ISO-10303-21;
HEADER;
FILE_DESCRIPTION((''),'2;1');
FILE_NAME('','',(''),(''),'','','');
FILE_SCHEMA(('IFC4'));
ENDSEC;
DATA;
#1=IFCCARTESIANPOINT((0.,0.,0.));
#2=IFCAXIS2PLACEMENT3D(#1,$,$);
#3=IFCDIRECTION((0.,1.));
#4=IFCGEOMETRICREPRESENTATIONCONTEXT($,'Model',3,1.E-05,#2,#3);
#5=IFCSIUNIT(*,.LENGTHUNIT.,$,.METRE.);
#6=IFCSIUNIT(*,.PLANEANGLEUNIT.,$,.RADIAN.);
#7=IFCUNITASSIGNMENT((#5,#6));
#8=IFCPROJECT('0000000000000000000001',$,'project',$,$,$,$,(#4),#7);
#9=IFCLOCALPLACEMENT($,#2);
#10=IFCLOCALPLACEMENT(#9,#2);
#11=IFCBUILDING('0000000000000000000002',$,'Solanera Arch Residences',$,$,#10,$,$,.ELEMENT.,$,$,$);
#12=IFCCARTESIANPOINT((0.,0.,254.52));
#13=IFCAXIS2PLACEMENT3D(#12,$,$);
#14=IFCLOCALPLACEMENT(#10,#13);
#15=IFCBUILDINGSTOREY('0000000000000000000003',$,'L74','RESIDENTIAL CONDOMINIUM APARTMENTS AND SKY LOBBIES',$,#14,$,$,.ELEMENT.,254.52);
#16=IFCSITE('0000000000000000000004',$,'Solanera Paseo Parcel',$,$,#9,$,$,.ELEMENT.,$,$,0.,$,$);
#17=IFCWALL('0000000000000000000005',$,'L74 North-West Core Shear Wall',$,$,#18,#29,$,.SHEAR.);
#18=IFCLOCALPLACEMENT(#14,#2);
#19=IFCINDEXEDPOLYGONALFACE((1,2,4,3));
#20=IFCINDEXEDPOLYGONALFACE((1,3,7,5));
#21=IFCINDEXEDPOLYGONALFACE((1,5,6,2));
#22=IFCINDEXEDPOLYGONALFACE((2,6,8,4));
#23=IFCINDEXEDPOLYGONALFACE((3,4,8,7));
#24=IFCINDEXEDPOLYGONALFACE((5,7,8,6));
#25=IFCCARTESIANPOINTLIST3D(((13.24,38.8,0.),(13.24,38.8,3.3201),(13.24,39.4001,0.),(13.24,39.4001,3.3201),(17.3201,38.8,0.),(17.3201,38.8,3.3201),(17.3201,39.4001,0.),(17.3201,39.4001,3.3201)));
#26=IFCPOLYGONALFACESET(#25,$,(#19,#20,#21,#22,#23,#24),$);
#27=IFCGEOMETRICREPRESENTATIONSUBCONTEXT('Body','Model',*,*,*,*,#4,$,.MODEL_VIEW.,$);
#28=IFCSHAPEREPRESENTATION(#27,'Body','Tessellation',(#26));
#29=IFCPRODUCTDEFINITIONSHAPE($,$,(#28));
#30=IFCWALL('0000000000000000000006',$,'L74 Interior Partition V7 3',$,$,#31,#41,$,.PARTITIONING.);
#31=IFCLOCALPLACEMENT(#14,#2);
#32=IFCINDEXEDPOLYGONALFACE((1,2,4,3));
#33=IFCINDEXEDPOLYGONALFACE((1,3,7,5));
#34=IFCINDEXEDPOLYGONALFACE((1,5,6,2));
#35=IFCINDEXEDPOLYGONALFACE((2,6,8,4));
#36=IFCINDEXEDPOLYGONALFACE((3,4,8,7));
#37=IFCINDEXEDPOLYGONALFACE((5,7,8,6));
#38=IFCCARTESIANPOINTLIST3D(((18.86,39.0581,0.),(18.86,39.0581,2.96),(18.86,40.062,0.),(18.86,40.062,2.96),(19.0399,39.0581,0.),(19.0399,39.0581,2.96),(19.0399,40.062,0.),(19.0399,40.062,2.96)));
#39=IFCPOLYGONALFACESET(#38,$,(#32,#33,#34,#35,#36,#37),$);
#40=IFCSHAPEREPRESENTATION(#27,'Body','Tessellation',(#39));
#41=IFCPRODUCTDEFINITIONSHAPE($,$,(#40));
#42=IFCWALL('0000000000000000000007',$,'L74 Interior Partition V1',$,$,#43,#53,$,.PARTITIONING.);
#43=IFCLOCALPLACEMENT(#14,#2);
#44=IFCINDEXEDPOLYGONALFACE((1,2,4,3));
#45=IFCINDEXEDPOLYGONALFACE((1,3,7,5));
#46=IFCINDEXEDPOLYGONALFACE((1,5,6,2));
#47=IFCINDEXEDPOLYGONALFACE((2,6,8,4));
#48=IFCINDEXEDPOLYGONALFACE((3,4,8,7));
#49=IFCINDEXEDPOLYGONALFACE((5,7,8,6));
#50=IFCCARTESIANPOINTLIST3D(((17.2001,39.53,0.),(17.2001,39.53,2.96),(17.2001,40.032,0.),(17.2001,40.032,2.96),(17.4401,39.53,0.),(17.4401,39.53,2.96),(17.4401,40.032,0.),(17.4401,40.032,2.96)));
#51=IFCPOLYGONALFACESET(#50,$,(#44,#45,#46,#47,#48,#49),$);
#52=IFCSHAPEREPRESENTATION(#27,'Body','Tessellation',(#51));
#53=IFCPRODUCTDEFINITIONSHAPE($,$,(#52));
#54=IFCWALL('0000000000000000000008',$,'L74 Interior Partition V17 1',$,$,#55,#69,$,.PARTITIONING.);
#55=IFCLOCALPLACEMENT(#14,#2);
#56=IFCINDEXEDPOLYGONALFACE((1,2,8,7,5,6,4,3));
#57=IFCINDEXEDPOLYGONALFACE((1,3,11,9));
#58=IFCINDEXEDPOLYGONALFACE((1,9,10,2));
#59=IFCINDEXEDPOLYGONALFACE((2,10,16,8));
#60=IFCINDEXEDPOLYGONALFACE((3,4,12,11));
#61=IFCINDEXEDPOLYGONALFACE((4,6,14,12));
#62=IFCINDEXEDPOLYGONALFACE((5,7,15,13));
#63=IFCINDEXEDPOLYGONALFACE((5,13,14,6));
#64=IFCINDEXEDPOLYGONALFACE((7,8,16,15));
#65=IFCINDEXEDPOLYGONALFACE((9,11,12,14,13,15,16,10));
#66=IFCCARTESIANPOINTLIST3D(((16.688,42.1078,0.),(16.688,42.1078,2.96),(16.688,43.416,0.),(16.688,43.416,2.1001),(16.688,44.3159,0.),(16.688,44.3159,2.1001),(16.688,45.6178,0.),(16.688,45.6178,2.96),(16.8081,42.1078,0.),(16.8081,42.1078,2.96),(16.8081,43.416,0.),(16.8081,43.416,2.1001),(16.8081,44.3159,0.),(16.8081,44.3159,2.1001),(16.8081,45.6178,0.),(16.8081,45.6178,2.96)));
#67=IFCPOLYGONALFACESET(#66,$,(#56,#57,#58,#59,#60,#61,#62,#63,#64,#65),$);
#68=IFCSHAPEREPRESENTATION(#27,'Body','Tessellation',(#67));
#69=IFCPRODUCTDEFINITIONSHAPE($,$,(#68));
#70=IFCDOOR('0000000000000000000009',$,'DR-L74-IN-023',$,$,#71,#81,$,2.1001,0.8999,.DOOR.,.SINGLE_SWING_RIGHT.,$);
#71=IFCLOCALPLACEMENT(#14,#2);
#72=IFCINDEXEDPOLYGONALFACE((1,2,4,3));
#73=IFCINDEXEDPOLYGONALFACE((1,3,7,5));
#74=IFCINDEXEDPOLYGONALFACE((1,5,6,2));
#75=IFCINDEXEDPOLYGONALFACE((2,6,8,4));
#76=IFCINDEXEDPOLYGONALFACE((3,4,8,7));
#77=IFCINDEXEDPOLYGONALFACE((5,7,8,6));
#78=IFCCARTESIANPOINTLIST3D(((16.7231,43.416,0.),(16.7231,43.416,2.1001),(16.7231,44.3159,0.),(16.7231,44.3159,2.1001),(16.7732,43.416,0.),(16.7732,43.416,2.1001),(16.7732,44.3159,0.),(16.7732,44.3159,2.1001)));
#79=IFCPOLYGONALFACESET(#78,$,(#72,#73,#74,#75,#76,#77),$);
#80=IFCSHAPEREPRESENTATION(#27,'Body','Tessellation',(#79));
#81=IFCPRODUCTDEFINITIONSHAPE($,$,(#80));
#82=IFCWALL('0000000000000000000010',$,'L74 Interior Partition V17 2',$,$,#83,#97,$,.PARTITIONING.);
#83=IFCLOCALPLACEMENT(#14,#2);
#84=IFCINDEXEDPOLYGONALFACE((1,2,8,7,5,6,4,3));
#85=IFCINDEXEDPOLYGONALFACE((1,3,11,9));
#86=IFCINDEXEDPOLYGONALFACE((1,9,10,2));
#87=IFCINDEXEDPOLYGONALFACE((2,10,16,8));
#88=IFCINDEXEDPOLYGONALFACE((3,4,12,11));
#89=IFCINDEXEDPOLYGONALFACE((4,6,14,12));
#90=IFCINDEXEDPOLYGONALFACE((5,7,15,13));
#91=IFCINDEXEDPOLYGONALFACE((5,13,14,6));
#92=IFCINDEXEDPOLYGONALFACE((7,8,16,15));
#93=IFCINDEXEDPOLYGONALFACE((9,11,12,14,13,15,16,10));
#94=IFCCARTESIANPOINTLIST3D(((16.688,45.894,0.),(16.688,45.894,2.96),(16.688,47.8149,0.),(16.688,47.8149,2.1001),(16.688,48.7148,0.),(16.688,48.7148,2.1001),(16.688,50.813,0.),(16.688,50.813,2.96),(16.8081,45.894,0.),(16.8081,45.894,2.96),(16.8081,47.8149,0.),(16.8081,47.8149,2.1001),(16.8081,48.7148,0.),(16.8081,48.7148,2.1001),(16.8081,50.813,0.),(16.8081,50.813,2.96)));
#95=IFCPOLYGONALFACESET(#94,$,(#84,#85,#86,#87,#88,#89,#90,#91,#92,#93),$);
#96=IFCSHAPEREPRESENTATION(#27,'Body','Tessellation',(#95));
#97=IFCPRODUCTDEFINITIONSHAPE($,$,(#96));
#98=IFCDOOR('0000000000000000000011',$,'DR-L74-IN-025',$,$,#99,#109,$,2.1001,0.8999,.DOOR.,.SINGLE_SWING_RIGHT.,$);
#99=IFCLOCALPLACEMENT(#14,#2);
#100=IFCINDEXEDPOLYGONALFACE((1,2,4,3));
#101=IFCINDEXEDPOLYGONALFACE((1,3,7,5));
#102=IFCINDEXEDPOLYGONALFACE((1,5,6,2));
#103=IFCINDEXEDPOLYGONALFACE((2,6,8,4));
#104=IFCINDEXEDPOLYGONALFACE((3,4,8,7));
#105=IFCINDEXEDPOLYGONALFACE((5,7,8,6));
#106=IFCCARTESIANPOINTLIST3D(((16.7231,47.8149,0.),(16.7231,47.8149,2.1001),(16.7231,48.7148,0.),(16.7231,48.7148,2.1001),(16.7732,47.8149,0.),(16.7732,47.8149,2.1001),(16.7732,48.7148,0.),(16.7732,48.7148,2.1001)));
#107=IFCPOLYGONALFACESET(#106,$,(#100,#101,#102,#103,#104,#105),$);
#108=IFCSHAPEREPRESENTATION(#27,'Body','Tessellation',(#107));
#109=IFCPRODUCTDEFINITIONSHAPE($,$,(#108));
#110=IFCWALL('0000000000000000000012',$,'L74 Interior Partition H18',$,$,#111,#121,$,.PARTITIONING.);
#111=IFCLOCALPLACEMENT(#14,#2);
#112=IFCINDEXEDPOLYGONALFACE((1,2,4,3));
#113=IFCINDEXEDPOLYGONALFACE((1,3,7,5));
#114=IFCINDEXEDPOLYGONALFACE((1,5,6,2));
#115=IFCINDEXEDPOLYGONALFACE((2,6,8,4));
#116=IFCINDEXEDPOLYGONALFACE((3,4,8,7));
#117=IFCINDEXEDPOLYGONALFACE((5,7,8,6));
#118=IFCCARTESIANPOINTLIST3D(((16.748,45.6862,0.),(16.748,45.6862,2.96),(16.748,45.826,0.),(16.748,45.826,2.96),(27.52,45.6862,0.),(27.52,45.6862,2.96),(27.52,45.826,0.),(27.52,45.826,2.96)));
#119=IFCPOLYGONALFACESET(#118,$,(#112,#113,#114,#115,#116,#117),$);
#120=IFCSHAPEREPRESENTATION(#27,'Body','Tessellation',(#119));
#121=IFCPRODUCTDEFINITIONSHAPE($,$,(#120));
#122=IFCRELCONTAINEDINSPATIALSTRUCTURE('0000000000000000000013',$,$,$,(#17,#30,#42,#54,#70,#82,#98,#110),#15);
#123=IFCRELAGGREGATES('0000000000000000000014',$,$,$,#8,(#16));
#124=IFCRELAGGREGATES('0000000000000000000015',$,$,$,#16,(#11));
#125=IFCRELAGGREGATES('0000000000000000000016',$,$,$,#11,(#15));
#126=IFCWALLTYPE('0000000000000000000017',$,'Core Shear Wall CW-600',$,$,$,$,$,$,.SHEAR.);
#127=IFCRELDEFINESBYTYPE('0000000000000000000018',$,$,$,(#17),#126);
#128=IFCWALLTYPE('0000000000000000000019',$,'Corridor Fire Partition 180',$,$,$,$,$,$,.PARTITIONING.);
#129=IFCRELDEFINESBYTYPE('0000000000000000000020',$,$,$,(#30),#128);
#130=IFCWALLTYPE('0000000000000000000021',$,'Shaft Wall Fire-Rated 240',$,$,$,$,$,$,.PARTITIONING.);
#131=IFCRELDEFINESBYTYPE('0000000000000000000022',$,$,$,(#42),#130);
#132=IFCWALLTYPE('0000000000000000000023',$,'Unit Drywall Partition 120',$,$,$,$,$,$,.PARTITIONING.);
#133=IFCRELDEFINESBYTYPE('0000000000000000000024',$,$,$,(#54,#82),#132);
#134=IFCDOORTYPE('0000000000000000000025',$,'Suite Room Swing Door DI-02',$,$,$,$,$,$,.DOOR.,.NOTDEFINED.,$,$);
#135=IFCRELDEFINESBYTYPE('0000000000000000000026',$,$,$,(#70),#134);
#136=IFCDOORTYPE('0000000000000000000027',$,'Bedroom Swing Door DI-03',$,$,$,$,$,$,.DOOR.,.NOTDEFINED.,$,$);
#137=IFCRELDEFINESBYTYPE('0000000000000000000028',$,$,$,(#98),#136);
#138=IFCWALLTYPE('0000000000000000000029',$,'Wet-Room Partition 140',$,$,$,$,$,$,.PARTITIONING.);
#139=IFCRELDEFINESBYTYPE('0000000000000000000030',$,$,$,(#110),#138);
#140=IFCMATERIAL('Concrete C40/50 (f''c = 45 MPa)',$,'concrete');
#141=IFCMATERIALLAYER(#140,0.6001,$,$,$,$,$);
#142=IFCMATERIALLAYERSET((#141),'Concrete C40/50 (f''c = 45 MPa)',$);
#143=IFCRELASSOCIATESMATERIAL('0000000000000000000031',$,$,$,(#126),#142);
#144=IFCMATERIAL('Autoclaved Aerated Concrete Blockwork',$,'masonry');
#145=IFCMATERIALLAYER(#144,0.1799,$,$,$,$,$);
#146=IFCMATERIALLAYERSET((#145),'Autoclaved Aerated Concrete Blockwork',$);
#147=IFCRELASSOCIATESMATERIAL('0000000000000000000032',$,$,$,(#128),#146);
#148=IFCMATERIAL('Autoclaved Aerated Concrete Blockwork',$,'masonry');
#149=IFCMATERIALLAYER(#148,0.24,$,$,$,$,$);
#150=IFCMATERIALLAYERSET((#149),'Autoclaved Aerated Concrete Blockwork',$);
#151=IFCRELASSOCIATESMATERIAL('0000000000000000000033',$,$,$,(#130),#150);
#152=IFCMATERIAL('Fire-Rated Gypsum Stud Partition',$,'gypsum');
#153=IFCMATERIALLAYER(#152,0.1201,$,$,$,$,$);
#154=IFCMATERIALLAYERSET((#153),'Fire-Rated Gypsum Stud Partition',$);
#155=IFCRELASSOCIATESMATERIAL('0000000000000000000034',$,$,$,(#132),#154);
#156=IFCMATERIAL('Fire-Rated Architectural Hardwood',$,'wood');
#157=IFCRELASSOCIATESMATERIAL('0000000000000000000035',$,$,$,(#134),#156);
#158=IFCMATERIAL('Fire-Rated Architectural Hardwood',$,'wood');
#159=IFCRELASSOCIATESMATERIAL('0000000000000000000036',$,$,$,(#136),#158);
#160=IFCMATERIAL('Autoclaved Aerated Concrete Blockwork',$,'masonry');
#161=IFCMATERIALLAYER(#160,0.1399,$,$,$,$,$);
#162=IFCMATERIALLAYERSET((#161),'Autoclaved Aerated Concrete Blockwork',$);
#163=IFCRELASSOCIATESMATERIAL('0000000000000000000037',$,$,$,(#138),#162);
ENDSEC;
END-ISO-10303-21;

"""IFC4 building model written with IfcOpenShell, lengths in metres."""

from ifc_helpers import new_model, si_unit, direction, frame, frame_2d, origin, place, context, subcontext, project, spatial, rectangle, extrude, material, layer, layer_set, type_object, element, fill, save


model = new_model("IFC4")

# Units and contexts
model_context = context("Model", 3, precision=1e-05, world=origin(), true_north=direction((0.0, 1.0)))
body_context = subcontext(model_context, "Body", "Model", "MODEL_VIEW")
ifc_project = project(units=[si_unit("LENGTHUNIT", "METRE"), si_unit("PLANEANGLEUNIT", "RADIAN")], contexts=[model_context])

# Site, building, storey
site_placement = place(None, origin())
site = spatial("IfcSite", under=ifc_project, at=site_placement, Name="Solanera Paseo Parcel", CompositionType="ELEMENT", RefElevation=0.0)
building_placement = place(site_placement, origin())
building = spatial("IfcBuilding", under=site, at=building_placement, Name="Solanera Arch Residences", CompositionType="ELEMENT")
storey_placement = place(building_placement, frame((0.0, 0.0, 254.52)))
storey = spatial("IfcBuildingStorey", under=building, at=storey_placement, Name="L74", Description="RESIDENTIAL CONDOMINIUM APARTMENTS AND SKY LOBBIES", CompositionType="ELEMENT", Elevation=254.52)

# Walls
ifc_material_1 = material(Name="Concrete C40/50 (f'c = 45 MPa)", Category="concrete")
ifc_layer_1 = layer(ifc_material_1, 0.6001)
ifc_layer_set_1 = layer_set([ifc_layer_1], Name="Concrete C40/50 (f'c = 45 MPa)")
wall_type_1 = type_object("IfcWallType", Name="Core Shear Wall CW-600", PredefinedType="SHEAR", material=ifc_layer_set_1)
wall_1_placement = place(storey_placement, frame((13.24, 39.1001, 0.0), z_axis=(0.0, 0.0, 1.0), x_axis=(1.0, 0.0, 0.0)))
element("IfcWall", 1, at=wall_1_placement, inside=storey, type_object=wall_type_1, Name="L74 North-West Core Shear Wall", PredefinedType="SHEAR", context=body_context, shape_type="SweptSolid", body=[
    extrude(rectangle(XDim=4.0801, YDim=0.6001, at=frame_2d((2.04, 0.0))), origin(), (0.0, 0.0, 1.0), 3.3201),
])
ifc_material_2 = material(Name="Autoclaved Aerated Concrete Blockwork", Category="masonry")
ifc_layer_2 = layer(ifc_material_2, 0.1799)
ifc_layer_set_2 = layer_set([ifc_layer_2], Name="Autoclaved Aerated Concrete Blockwork")
wall_type_2 = type_object("IfcWallType", Name="Corridor Fire Partition 180", PredefinedType="PARTITIONING", material=ifc_layer_set_2)
wall_2_placement = place(storey_placement, frame((18.95, 39.0581, 0.0), z_axis=(0.0, 0.0, 1.0), x_axis=(0.0, 1.0, 0.0)))
element("IfcWall", 2, at=wall_2_placement, inside=storey, type_object=wall_type_2, Name="L74 Interior Partition V7 3", PredefinedType="PARTITIONING", context=body_context, shape_type="SweptSolid", body=[
    extrude(rectangle(XDim=1.0039, YDim=0.1799, at=frame_2d((0.502, 0.0))), origin(), (0.0, 0.0, 1.0), 2.96),
])
ifc_material_3 = material(Name="Autoclaved Aerated Concrete Blockwork", Category="masonry")
ifc_layer_3 = layer(ifc_material_3, 0.24)
ifc_layer_set_3 = layer_set([ifc_layer_3], Name="Autoclaved Aerated Concrete Blockwork")
wall_type_3 = type_object("IfcWallType", Name="Shaft Wall Fire-Rated 240", PredefinedType="PARTITIONING", material=ifc_layer_set_3)
wall_3_placement = place(storey_placement, frame((17.3201, 39.53, 0.0), z_axis=(0.0, 0.0, 1.0), x_axis=(0.0, 1.0, 0.0)))
element("IfcWall", 3, at=wall_3_placement, inside=storey, type_object=wall_type_3, Name="L74 Interior Partition V1", PredefinedType="PARTITIONING", context=body_context, shape_type="SweptSolid", body=[
    extrude(rectangle(XDim=0.502, YDim=0.24, at=frame_2d((0.251, 0.0))), origin(), (0.0, 0.0, 1.0), 2.96),
])

# Walls, openings, doors
ifc_material_4 = material(Name="Fire-Rated Gypsum Stud Partition", Category="gypsum")
ifc_layer_4 = layer(ifc_material_4, 0.1201)
ifc_layer_set_4 = layer_set([ifc_layer_4], Name="Fire-Rated Gypsum Stud Partition")
wall_type_4 = type_object("IfcWallType", Name="Unit Drywall Partition 120", PredefinedType="PARTITIONING", material=ifc_layer_set_4)
wall_4_placement = place(storey_placement, frame((16.748, 42.1079, 0.0), z_axis=(0.0, 0.0, 1.0), x_axis=(0.0, 1.0, 0.0)))
wall_4 = element("IfcWall", 4, at=wall_4_placement, inside=storey, type_object=wall_type_4, Name="L74 Interior Partition V17 1", PredefinedType="PARTITIONING", context=body_context, shape_type="SweptSolid", body=[
    extrude(rectangle(XDim=3.51, YDim=0.1201, at=frame_2d((1.7549, 0.0))), origin(), (0.0, 0.0, 1.0), 2.96),
])
opening_1_placement = place(wall_4_placement, frame((1.3081, 0.0, 0.0)))
opening_1 = element("IfcOpeningElement", 5, at=opening_1_placement, cuts=wall_4, PredefinedType="OPENING", context=body_context, shape_type="SweptSolid", body=[
    extrude(rectangle(XDim=0.8999, YDim=2.1001, at=frame_2d((0.45, 1.05))), frame((0.0, 0.0701, 0.0), z_axis=(0.0, -1.0, 0.0), x_axis=(1.0, 0.0, 0.0)), (0.0, 0.0, 1.0), 0.1401),
])
ifc_material_5 = material(Name="Fire-Rated Architectural Hardwood", Category="wood")
door_type_1 = type_object("IfcDoorType", Name="Suite Room Swing Door DI-02", OperationType="NOTDEFINED", PredefinedType="DOOR", material=ifc_material_5)
door_1_placement = place(opening_1_placement, origin())
door_1 = element("IfcDoor", 6, at=door_1_placement, inside=storey, type_object=door_type_1, Name="DR-L74-IN-023", OperationType="SINGLE_SWING_RIGHT", OverallHeight=2.1001, OverallWidth=0.8999, PredefinedType="DOOR", context=body_context, shape_type="SweptSolid", body=[
    extrude(rectangle(XDim=0.8999, YDim=2.1001, at=frame_2d((0.45, 1.05))), frame((0.0, 0.0249, 0.0), z_axis=(0.0, -1.0, 0.0), x_axis=(1.0, 0.0, 0.0)), (0.0, 0.0, 1.0), 0.05),
])
fill(opening_1, door_1)
wall_5_placement = place(storey_placement, frame((16.748, 45.894, 0.0), z_axis=(0.0, 0.0, 1.0), x_axis=(0.0, 1.0, 0.0)))
wall_5 = element("IfcWall", 7, at=wall_5_placement, inside=storey, type_object=wall_type_4, Name="L74 Interior Partition V17 2", PredefinedType="PARTITIONING", context=body_context, shape_type="SweptSolid", body=[
    extrude(rectangle(XDim=4.9189, YDim=0.1201, at=frame_2d((2.4595, 0.0))), origin(), (0.0, 0.0, 1.0), 2.96),
])
opening_2_placement = place(wall_5_placement, frame((1.9209, 0.0, 0.0)))
opening_2 = element("IfcOpeningElement", 8, at=opening_2_placement, cuts=wall_5, PredefinedType="OPENING", context=body_context, shape_type="SweptSolid", body=[
    extrude(rectangle(XDim=0.8999, YDim=2.1001, at=frame_2d((0.45, 1.05))), frame((0.0, 0.0701, 0.0), z_axis=(0.0, -1.0, 0.0), x_axis=(1.0, 0.0, 0.0)), (0.0, 0.0, 1.0), 0.1401),
])
ifc_material_6 = material(Name="Fire-Rated Architectural Hardwood", Category="wood")
door_type_2 = type_object("IfcDoorType", Name="Bedroom Swing Door DI-03", OperationType="NOTDEFINED", PredefinedType="DOOR", material=ifc_material_6)
door_2_placement = place(opening_2_placement, origin())
door_2 = element("IfcDoor", 9, at=door_2_placement, inside=storey, type_object=door_type_2, Name="DR-L74-IN-025", OperationType="SINGLE_SWING_RIGHT", OverallHeight=2.1001, OverallWidth=0.8999, PredefinedType="DOOR", context=body_context, shape_type="SweptSolid", body=[
    extrude(rectangle(XDim=0.8999, YDim=2.1001, at=frame_2d((0.45, 1.05))), frame((0.0, 0.0249, 0.0), z_axis=(0.0, -1.0, 0.0), x_axis=(1.0, 0.0, 0.0)), (0.0, 0.0, 1.0), 0.05),
])
fill(opening_2, door_2)

# Wall
ifc_material_7 = material(Name="Autoclaved Aerated Concrete Blockwork", Category="masonry")
ifc_layer_5 = layer(ifc_material_7, 0.1399)
ifc_layer_set_5 = layer_set([ifc_layer_5], Name="Autoclaved Aerated Concrete Blockwork")
wall_type_5 = type_object("IfcWallType", Name="Wet-Room Partition 140", PredefinedType="PARTITIONING", material=ifc_layer_set_5)
wall_6_placement = place(storey_placement, frame((16.748, 45.7561, 0.0), z_axis=(0.0, 0.0, 1.0), x_axis=(1.0, 0.0, 0.0)))
element("IfcWall", 10, at=wall_6_placement, inside=storey, type_object=wall_type_5, Name="L74 Interior Partition H18", PredefinedType="PARTITIONING", context=body_context, shape_type="SweptSolid", body=[
    extrude(rectangle(XDim=10.772, YDim=0.1399, at=frame_2d((5.386, 0.0))), origin(), (0.0, 0.0, 1.0), 2.96),
])

save(model, "model.ifc")
